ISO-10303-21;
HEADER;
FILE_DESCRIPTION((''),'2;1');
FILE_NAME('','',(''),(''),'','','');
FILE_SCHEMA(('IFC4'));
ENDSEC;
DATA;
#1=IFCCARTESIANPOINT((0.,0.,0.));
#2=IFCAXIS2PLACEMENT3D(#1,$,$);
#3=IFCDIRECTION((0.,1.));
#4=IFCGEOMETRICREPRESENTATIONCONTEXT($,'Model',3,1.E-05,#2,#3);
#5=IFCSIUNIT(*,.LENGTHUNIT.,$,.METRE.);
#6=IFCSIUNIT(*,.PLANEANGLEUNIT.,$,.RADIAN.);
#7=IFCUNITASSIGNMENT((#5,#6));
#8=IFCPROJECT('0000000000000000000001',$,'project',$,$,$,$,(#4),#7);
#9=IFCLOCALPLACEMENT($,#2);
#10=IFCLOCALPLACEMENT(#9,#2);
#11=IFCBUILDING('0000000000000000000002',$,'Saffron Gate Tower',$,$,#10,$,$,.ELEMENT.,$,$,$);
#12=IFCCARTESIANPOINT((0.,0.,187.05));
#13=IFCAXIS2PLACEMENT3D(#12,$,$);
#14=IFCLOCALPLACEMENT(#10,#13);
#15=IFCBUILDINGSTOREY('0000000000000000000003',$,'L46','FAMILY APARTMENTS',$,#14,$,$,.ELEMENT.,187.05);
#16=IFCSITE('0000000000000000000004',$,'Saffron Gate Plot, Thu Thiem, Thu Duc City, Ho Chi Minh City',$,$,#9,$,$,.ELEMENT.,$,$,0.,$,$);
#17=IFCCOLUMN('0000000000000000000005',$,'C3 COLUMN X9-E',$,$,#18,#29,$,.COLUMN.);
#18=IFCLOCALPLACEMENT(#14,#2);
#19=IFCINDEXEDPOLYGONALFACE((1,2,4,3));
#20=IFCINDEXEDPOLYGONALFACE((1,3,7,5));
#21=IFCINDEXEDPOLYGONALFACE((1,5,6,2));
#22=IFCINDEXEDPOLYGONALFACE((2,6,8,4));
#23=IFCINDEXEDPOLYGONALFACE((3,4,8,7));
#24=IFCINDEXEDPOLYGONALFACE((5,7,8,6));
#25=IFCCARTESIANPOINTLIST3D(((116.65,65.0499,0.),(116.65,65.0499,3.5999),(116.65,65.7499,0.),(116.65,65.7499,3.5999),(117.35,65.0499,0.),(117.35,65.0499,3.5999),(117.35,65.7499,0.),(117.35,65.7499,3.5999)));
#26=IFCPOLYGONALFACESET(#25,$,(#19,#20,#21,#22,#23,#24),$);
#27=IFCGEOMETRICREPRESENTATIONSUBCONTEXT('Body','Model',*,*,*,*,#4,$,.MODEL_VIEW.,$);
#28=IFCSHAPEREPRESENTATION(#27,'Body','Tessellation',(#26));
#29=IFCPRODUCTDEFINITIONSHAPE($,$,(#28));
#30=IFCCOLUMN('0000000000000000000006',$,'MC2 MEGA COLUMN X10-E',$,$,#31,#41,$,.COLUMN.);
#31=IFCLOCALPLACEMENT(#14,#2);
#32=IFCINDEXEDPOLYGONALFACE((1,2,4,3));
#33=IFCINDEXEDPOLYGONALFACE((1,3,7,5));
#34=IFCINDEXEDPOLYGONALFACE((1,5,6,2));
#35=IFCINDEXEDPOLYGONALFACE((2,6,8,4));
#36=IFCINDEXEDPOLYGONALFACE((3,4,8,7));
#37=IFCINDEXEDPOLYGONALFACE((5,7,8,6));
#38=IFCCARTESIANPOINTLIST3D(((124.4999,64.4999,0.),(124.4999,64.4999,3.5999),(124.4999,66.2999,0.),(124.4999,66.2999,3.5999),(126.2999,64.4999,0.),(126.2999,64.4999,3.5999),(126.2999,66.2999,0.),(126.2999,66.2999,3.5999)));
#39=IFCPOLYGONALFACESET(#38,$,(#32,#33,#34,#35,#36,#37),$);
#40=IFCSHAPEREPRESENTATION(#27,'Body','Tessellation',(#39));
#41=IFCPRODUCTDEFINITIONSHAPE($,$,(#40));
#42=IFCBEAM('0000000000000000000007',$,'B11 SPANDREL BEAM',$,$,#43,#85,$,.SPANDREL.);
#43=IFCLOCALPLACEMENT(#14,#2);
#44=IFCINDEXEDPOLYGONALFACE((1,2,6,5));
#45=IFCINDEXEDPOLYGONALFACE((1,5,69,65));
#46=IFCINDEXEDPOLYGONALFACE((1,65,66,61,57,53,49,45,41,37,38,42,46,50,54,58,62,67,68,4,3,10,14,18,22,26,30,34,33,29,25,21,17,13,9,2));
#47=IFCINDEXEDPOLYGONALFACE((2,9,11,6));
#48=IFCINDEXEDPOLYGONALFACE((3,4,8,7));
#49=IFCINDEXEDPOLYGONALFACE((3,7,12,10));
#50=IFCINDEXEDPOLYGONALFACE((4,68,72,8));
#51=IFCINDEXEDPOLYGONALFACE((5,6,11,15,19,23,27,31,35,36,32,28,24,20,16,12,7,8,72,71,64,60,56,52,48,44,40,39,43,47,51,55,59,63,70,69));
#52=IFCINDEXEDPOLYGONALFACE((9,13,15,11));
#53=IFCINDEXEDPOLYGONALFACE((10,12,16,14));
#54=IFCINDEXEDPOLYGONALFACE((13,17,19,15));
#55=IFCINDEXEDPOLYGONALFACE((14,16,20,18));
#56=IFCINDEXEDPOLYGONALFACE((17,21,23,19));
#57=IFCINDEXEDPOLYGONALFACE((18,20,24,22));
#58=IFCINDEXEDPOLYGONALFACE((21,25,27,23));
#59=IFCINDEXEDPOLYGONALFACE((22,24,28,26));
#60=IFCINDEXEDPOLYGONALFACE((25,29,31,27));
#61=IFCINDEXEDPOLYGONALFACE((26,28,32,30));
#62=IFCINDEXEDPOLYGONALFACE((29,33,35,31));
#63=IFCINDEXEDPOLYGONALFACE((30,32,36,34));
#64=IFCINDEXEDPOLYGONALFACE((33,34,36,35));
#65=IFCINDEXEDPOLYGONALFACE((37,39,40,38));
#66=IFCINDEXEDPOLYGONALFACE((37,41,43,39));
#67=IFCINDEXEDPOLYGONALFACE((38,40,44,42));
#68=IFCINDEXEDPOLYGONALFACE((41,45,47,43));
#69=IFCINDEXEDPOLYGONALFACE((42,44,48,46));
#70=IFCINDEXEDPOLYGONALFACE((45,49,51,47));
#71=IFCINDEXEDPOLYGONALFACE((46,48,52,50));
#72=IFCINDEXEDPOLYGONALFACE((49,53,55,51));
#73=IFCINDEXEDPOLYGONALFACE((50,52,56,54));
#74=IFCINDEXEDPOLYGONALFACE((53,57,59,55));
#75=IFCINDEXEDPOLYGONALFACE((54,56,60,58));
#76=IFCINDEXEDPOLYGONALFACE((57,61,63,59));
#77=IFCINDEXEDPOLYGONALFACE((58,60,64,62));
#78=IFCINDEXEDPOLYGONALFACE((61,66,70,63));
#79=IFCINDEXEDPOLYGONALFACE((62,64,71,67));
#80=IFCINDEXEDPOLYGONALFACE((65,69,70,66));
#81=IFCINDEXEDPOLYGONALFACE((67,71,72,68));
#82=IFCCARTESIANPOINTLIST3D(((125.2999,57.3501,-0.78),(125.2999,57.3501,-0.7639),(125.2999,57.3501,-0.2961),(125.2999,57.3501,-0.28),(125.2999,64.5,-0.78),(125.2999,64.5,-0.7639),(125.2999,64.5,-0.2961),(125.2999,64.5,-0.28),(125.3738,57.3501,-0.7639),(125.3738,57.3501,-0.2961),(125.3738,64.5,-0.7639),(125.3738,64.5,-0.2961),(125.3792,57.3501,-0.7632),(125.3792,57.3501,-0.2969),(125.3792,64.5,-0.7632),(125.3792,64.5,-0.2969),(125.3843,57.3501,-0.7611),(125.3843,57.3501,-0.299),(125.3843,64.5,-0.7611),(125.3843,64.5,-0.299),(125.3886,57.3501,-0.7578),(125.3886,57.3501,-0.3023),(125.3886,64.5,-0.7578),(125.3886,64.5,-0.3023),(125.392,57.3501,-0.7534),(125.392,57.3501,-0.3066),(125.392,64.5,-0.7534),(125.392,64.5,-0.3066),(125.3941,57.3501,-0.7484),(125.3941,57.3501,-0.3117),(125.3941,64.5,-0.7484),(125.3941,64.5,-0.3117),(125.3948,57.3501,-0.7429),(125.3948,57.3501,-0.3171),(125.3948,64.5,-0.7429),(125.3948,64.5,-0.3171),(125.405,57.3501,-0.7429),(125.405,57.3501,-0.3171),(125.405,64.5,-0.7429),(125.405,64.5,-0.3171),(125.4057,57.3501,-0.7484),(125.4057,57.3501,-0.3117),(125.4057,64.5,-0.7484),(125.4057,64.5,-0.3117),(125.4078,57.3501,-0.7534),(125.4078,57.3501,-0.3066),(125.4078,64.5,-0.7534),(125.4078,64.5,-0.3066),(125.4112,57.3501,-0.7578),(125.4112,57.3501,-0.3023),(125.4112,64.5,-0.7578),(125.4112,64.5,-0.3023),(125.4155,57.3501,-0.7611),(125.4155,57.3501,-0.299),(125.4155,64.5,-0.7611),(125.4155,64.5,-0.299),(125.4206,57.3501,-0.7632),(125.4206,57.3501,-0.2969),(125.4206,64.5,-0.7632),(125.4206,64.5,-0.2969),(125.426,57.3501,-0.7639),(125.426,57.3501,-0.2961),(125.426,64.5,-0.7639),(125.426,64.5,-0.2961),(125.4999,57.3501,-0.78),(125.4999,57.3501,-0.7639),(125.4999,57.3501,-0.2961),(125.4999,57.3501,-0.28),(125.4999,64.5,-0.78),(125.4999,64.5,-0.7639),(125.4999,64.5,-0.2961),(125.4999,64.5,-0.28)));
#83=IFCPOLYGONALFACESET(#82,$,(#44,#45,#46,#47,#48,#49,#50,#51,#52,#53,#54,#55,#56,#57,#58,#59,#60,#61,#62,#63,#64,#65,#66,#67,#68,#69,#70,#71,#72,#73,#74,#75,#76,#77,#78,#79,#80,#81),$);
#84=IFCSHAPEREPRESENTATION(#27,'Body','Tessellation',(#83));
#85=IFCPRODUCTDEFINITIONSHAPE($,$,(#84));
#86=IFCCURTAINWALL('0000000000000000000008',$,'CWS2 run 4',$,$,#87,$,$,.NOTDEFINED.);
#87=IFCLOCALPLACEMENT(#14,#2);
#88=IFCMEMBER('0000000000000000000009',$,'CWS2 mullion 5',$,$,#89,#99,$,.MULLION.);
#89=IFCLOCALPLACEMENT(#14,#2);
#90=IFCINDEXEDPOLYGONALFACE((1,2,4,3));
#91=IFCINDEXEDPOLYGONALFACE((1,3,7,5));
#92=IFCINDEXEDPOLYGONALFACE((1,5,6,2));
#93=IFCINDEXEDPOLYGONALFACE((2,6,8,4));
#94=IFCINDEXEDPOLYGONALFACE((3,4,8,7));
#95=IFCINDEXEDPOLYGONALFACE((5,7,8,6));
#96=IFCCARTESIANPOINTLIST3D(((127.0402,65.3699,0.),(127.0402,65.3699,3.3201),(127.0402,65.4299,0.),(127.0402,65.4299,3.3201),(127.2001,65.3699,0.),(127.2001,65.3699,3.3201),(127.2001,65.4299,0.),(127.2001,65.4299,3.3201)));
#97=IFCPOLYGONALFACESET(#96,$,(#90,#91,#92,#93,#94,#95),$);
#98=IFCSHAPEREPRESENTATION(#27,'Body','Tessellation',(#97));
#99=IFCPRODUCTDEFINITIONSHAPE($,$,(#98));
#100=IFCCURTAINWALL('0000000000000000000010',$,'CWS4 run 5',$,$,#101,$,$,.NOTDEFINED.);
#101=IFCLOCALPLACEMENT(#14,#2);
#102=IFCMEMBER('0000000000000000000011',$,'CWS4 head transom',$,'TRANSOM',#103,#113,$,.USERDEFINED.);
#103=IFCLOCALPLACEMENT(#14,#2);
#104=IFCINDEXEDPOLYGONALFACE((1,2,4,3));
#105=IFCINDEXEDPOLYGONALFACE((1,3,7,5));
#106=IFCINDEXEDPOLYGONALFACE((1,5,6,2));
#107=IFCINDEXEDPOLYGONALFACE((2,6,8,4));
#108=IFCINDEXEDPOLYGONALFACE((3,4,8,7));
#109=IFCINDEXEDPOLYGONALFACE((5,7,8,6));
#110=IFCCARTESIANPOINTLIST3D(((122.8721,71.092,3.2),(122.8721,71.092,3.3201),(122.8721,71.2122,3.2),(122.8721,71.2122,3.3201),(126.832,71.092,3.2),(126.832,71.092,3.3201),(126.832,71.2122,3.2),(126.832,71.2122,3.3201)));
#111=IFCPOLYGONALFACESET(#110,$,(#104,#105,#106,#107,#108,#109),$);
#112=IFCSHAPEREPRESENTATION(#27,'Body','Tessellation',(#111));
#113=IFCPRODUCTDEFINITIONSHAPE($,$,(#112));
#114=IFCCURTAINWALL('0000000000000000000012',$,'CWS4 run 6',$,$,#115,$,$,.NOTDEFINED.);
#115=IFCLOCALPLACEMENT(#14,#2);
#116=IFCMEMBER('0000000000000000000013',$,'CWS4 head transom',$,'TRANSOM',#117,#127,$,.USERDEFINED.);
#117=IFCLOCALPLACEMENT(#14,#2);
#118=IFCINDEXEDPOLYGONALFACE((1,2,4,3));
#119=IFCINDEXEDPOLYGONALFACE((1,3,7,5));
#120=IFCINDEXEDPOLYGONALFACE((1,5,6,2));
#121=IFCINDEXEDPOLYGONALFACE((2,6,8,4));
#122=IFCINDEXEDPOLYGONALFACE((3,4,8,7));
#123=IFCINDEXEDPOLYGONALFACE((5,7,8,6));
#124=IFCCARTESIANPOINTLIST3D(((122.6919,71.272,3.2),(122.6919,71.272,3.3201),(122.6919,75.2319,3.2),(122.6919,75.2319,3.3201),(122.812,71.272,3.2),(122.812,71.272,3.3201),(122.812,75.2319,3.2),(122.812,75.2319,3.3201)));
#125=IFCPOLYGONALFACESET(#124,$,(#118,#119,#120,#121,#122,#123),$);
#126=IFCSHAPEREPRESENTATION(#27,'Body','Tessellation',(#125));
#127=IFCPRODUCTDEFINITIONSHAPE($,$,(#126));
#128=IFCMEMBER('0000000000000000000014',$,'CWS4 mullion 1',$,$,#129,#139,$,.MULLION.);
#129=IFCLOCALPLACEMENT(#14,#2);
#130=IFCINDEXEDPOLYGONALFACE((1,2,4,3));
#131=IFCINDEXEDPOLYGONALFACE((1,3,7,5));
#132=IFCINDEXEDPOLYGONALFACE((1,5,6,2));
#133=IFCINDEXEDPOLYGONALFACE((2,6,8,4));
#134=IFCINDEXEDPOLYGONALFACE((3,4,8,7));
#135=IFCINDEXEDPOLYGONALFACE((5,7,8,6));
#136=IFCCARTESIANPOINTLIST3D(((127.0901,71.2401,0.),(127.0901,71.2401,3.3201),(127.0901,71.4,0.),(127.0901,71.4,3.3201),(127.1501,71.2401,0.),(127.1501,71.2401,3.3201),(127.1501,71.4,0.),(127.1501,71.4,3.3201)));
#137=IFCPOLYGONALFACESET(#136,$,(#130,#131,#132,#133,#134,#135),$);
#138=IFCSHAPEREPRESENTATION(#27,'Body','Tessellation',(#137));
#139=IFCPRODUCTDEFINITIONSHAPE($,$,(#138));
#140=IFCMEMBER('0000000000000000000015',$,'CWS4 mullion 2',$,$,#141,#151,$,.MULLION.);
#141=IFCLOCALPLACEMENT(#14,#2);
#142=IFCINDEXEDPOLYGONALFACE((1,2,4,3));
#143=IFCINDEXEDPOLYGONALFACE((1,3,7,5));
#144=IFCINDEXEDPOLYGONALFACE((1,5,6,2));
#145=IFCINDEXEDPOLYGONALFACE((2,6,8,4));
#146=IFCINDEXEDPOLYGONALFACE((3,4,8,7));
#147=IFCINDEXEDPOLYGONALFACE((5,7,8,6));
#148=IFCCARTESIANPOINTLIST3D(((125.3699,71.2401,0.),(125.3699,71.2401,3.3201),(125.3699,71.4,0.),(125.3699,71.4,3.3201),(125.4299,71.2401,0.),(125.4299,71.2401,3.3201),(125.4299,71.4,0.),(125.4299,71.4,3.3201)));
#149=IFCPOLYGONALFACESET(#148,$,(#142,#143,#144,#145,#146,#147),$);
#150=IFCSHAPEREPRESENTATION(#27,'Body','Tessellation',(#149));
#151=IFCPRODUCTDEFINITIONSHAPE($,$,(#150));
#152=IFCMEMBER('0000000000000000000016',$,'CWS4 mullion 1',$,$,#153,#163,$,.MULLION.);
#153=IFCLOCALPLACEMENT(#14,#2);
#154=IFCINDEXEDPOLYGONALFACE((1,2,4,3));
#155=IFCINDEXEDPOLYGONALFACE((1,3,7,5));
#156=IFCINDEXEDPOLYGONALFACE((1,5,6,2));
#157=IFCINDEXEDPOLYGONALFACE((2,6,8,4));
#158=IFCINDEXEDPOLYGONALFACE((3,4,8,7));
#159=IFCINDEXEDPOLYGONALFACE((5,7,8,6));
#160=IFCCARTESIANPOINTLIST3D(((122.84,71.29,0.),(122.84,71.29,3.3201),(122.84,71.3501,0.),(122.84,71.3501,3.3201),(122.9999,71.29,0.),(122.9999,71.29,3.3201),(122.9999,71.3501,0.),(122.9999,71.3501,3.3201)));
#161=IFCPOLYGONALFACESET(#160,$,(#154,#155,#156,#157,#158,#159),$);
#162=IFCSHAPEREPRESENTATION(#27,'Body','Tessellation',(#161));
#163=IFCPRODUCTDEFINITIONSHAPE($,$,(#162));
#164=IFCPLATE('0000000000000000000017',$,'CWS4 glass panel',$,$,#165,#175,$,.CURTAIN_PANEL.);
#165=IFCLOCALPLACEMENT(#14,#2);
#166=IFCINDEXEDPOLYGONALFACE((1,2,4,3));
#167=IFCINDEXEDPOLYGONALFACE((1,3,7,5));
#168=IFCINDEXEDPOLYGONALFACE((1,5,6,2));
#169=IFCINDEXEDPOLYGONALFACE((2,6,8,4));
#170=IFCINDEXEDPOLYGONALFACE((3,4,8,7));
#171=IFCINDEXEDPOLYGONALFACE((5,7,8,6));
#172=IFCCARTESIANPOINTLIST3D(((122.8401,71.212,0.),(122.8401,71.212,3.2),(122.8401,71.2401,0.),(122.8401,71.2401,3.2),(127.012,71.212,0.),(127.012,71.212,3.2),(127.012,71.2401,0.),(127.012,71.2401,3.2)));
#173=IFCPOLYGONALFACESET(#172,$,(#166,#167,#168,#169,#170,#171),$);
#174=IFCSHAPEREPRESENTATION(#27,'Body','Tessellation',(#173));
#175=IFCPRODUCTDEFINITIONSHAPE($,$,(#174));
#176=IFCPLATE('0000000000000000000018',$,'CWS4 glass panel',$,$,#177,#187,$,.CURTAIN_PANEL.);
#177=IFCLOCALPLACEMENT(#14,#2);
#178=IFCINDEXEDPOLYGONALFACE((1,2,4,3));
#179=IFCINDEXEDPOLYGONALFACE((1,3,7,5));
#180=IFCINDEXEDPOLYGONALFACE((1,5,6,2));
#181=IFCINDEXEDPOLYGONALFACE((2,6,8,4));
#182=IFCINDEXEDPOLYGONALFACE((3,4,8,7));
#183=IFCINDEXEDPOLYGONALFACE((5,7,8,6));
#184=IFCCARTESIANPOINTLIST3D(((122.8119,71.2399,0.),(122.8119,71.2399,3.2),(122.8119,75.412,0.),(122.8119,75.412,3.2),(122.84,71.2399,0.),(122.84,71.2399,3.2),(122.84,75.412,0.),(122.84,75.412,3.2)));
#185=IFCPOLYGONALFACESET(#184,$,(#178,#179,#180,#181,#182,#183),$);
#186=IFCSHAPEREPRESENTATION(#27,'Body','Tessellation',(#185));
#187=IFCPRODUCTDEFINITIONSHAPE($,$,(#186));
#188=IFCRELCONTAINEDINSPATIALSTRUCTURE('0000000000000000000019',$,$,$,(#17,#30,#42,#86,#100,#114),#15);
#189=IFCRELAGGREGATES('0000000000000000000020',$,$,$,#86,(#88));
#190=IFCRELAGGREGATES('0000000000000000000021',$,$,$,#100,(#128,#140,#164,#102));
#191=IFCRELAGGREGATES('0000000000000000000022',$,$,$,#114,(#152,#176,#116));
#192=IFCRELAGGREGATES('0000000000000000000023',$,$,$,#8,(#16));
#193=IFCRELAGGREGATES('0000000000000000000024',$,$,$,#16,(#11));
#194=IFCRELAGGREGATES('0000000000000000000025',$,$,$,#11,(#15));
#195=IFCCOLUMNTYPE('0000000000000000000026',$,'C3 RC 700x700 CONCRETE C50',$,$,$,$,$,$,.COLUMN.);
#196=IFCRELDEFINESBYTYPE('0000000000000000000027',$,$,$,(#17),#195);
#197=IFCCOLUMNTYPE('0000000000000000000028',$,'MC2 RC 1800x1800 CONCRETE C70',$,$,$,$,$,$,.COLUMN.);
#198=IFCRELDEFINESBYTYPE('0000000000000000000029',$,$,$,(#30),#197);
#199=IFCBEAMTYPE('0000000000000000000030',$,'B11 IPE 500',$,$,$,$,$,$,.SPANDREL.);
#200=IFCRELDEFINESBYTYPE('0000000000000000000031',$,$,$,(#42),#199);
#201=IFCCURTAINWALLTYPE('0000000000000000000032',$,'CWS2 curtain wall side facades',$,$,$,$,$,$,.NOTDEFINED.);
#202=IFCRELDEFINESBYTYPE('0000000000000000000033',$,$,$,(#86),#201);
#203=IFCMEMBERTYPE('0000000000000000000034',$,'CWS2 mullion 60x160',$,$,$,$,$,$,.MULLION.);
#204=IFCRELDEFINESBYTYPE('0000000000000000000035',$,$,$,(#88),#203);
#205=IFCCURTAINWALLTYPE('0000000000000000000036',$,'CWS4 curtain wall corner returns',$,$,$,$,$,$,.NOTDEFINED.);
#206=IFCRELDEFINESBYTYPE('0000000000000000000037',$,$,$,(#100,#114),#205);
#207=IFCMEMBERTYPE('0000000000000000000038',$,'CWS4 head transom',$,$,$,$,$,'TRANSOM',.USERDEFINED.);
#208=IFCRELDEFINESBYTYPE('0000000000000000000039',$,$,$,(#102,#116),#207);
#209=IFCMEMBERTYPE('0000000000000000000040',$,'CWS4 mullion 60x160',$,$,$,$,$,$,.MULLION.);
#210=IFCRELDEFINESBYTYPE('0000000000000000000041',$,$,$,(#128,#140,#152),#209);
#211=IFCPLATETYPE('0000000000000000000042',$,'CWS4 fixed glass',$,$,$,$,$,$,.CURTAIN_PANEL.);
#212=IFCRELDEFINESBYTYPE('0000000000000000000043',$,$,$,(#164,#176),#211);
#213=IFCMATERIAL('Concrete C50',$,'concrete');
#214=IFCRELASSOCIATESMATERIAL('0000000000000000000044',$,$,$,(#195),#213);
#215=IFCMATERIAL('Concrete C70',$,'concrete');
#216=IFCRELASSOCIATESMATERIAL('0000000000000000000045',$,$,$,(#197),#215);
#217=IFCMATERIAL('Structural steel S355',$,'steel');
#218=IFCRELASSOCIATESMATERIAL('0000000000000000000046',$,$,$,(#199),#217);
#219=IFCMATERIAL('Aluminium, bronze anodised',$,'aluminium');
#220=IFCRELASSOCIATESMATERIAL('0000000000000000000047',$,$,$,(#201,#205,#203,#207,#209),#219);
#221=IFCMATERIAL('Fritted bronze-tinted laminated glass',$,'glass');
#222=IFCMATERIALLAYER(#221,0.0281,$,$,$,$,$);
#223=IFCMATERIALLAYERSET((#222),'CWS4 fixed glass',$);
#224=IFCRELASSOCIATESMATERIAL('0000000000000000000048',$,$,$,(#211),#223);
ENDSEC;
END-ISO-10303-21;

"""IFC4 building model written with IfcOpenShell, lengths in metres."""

from ifc_helpers import new_model, si_unit, direction, frame, frame_2d, origin, origin_2d, place, context, subcontext, project, spatial, rectangle, i_section, extrude, material, layer, layer_set, material_profile, profile_set, type_object, element, aggregate, save


model = new_model("IFC4")

# Units and contexts
model_context = context("Model", 3, precision=1e-05, world=origin(), true_north=direction((0.0, 1.0)))
body_context = subcontext(model_context, "Body", "Model", "MODEL_VIEW")
ifc_project = project(units=[si_unit("LENGTHUNIT", "METRE"), si_unit("PLANEANGLEUNIT", "RADIAN")], contexts=[model_context])

# Site, building, storey
site_placement = place(None, origin())
site = spatial("IfcSite", under=ifc_project, at=site_placement, Name="Saffron Gate Plot, Thu Thiem, Thu Duc City, Ho Chi Minh City", CompositionType="ELEMENT", RefElevation=0.0)
building_placement = place(site_placement, origin())
building = spatial("IfcBuilding", under=site, at=building_placement, Name="Saffron Gate Tower", CompositionType="ELEMENT")
storey_placement = place(building_placement, frame((0.0, 0.0, 187.05)))
storey = spatial("IfcBuildingStorey", under=building, at=storey_placement, Name="L46", Description="FAMILY APARTMENTS", CompositionType="ELEMENT", Elevation=187.05)

# Columns
ifc_material_1 = material(Name="Concrete C50", Category="concrete")
ifc_material_profile_1 = material_profile(ifc_material_1, rectangle(XDim=0.7, YDim=0.7, at=origin_2d()))
ifc_profile_set_1 = profile_set([ifc_material_profile_1], Name="Concrete C50")
column_type_1 = type_object("IfcColumnType", Name="C3 RC 700x700 CONCRETE C50", PredefinedType="COLUMN", material=ifc_profile_set_1)
column_1_placement = place(storey_placement, frame((117.0, 65.3999, 0.0), z_axis=(0.0, 0.0, 1.0), x_axis=(1.0, 0.0, 0.0)))
element("IfcColumn", 1, at=column_1_placement, inside=storey, type_object=column_type_1, Name="C3 COLUMN X9-E", PredefinedType="COLUMN", context=body_context, shape_type="SweptSolid", body=[
    extrude(rectangle(XDim=0.7, YDim=0.7, at=origin_2d()), origin(), (0.0, 0.0, 1.0), 3.5999),
])
ifc_material_2 = material(Name="Concrete C70", Category="concrete")
ifc_material_profile_2 = material_profile(ifc_material_2, rectangle(XDim=1.8, YDim=1.8, at=origin_2d()))
ifc_profile_set_2 = profile_set([ifc_material_profile_2], Name="Concrete C70")
column_type_2 = type_object("IfcColumnType", Name="MC2 RC 1800x1800 CONCRETE C70", PredefinedType="COLUMN", material=ifc_profile_set_2)
column_2_placement = place(storey_placement, frame((125.3999, 65.3999, 0.0), z_axis=(0.0, 0.0, 1.0), x_axis=(1.0, 0.0, 0.0)))
element("IfcColumn", 2, at=column_2_placement, inside=storey, type_object=column_type_2, Name="MC2 MEGA COLUMN X10-E", PredefinedType="COLUMN", context=body_context, shape_type="SweptSolid", body=[
    extrude(rectangle(XDim=1.8, YDim=1.8, at=origin_2d()), origin(), (0.0, 0.0, 1.0), 3.5999),
])

# Beam
ifc_material_3 = material(Name="Structural steel S355", Category="steel")
ifc_material_profile_3 = material_profile(ifc_material_3, i_section(OverallWidth=0.2, OverallDepth=0.5, WebThickness=0.0103, FlangeThickness=0.0161, FilletRadius=0.021, at=origin_2d()))
ifc_profile_set_3 = profile_set([ifc_material_profile_3], Name="Structural steel S355")
beam_type = type_object("IfcBeamType", Name="B11 IPE 500", PredefinedType="SPANDREL", material=ifc_profile_set_3)
beam_placement = place(storey_placement, frame((125.3999, 57.3501, -0.53), z_axis=(0.0, 1.0, 0.0), x_axis=(-1.0, 0.0, 0.0)))
element("IfcBeam", 3, at=beam_placement, inside=storey, type_object=beam_type, Name="B11 SPANDREL BEAM", PredefinedType="SPANDREL", context=body_context, shape_type="SweptSolid", body=[
    extrude(i_section(OverallWidth=0.2, OverallDepth=0.5, WebThickness=0.0103, FlangeThickness=0.0161, FilletRadius=0.021, at=origin_2d()), origin(), (0.0, 0.0, 1.0), 7.1499),
])

# Curtain walls, members
ifc_material_4 = material(Name="Aluminium, bronze anodised", Category="aluminium")
curtain_wall_type_1 = type_object("IfcCurtainWallType", Name="CWS2 curtain wall side facades", PredefinedType="NOTDEFINED", material=ifc_material_4)
curtain_wall_1_placement = place(storey_placement, origin())
curtain_wall_1 = element("IfcCurtainWall", 4, at=curtain_wall_1_placement, inside=storey, type_object=curtain_wall_type_1, Name="CWS2 run 4", PredefinedType="NOTDEFINED")
ifc_material_profile_4 = material_profile(ifc_material_4, rectangle(XDim=0.1599, YDim=0.0601, at=origin_2d()))
ifc_profile_set_4 = profile_set([ifc_material_profile_4], Name="Aluminium, bronze anodised")
member_type_1 = type_object("IfcMemberType", Name="CWS2 mullion 60x160", PredefinedType="MULLION", material=ifc_profile_set_4)
member_1_placement = place(storey_placement, frame((127.1201, 65.3999, 0.0), z_axis=(0.0, 0.0, 1.0), x_axis=(-1.0, 0.0, 0.0)))
member_1 = element("IfcMember", 5, at=member_1_placement, type_object=member_type_1, Name="CWS2 mullion 5", PredefinedType="MULLION", context=body_context, shape_type="SweptSolid", body=[
    extrude(rectangle(XDim=0.1599, YDim=0.0601, at=origin_2d()), origin(), (0.0, 0.0, 1.0), 3.3201),
])
aggregate(curtain_wall_1, [member_1])
curtain_wall_type_2 = type_object("IfcCurtainWallType", Name="CWS4 curtain wall corner returns", PredefinedType="NOTDEFINED", material=ifc_material_4)
curtain_wall_2_placement = place(storey_placement, origin())
curtain_wall_2 = element("IfcCurtainWall", 6, at=curtain_wall_2_placement, inside=storey, type_object=curtain_wall_type_2, Name="CWS4 run 5", PredefinedType="NOTDEFINED")
ifc_material_profile_5 = material_profile(ifc_material_4, rectangle(XDim=0.1201, YDim=0.1201, at=origin_2d()))
ifc_profile_set_5 = profile_set([ifc_material_profile_5], Name="Aluminium, bronze anodised")
member_type_2 = type_object("IfcMemberType", Name="CWS4 head transom", ElementType="TRANSOM", PredefinedType="USERDEFINED", material=ifc_profile_set_5)
member_2_placement = place(storey_placement, frame((126.832, 71.1521, 3.26), z_axis=(-1.0, 0.0, 0.0), x_axis=(0.0, -1.0, 0.0)))
member_2 = element("IfcMember", 7, at=member_2_placement, type_object=member_type_2, Name="CWS4 head transom", ObjectType="TRANSOM", PredefinedType="USERDEFINED", context=body_context, shape_type="SweptSolid", body=[
    extrude(rectangle(XDim=0.1201, YDim=0.1201, at=origin_2d()), origin(), (0.0, 0.0, 1.0), 3.96),
])
curtain_wall_3_placement = place(storey_placement, origin())
curtain_wall_3 = element("IfcCurtainWall", 8, at=curtain_wall_3_placement, inside=storey, type_object=curtain_wall_type_2, Name="CWS4 run 6", PredefinedType="NOTDEFINED")
member_3_placement = place(storey_placement, frame((122.752, 71.272, 3.26), z_axis=(0.0, 1.0, 0.0), x_axis=(-1.0, 0.0, 0.0)))
member_3 = element("IfcMember", 9, at=member_3_placement, type_object=member_type_2, Name="CWS4 head transom", ObjectType="TRANSOM", PredefinedType="USERDEFINED", context=body_context, shape_type="SweptSolid", body=[
    extrude(rectangle(XDim=0.1201, YDim=0.1201, at=origin_2d()), origin(), (0.0, 0.0, 1.0), 3.96),
])

# Members
ifc_material_profile_6 = material_profile(ifc_material_4, rectangle(XDim=0.1599, YDim=0.0601, at=origin_2d()))
ifc_profile_set_6 = profile_set([ifc_material_profile_6], Name="Aluminium, bronze anodised")
member_type_3 = type_object("IfcMemberType", Name="CWS4 mullion 60x160", PredefinedType="MULLION", material=ifc_profile_set_6)
member_4_placement = place(storey_placement, frame((127.1201, 71.3201, 0.0), z_axis=(0.0, 0.0, 1.0), x_axis=(0.0, -1.0, 0.0)))
member_4 = element("IfcMember", 10, at=member_4_placement, type_object=member_type_3, Name="CWS4 mullion 1", PredefinedType="MULLION", context=body_context, shape_type="SweptSolid", body=[
    extrude(rectangle(XDim=0.1599, YDim=0.0601, at=origin_2d()), origin(), (0.0, 0.0, 1.0), 3.3201),
])
member_5_placement = place(storey_placement, frame((125.3999, 71.3201, 0.0), z_axis=(0.0, 0.0, 1.0), x_axis=(0.0, -1.0, 0.0)))
member_5 = element("IfcMember", 11, at=member_5_placement, type_object=member_type_3, Name="CWS4 mullion 2", PredefinedType="MULLION", context=body_context, shape_type="SweptSolid", body=[
    extrude(rectangle(XDim=0.1599, YDim=0.0601, at=origin_2d()), origin(), (0.0, 0.0, 1.0), 3.3201),
])
member_6_placement = place(storey_placement, frame((122.9199, 71.3201, 0.0), z_axis=(0.0, 0.0, 1.0), x_axis=(-1.0, 0.0, 0.0)))
member_6 = element("IfcMember", 12, at=member_6_placement, type_object=member_type_3, Name="CWS4 mullion 1", PredefinedType="MULLION", context=body_context, shape_type="SweptSolid", body=[
    extrude(rectangle(XDim=0.1599, YDim=0.0601, at=origin_2d()), origin(), (0.0, 0.0, 1.0), 3.3201),
])

# Plates
ifc_material_5 = material(Name="Fritted bronze-tinted laminated glass", Category="glass")
ifc_layer_1 = layer(ifc_material_5, 0.0281)
ifc_layer_set_1 = layer_set([ifc_layer_1], Name="CWS4 fixed glass")
plate_type = type_object("IfcPlateType", Name="CWS4 fixed glass", PredefinedType="CURTAIN_PANEL", material=ifc_layer_set_1)
plate_1_placement = place(storey_placement, frame((127.012, 71.2261, 0.0), z_axis=(0.0, 0.0, 1.0), x_axis=(-1.0, 0.0, 0.0)))
plate_1 = element("IfcPlate", 13, at=plate_1_placement, type_object=plate_type, Name="CWS4 glass panel", PredefinedType="CURTAIN_PANEL", context=body_context, shape_type="SweptSolid", body=[
    extrude(rectangle(XDim=4.1719, YDim=0.0281, at=frame_2d((2.0859, 0.0))), origin(), (0.0, 0.0, 1.0), 3.2),
])
aggregate(curtain_wall_2, [member_4, member_5, plate_1, member_2])
plate_2_placement = place(storey_placement, frame((122.8259, 71.24, 0.0), z_axis=(0.0, 0.0, 1.0), x_axis=(0.0, 1.0, 0.0)))
plate_2 = element("IfcPlate", 14, at=plate_2_placement, type_object=plate_type, Name="CWS4 glass panel", PredefinedType="CURTAIN_PANEL", context=body_context, shape_type="SweptSolid", body=[
    extrude(rectangle(XDim=4.1721, YDim=0.0281, at=frame_2d((2.0859, 0.0))), origin(), (0.0, 0.0, 1.0), 3.2),
])
aggregate(curtain_wall_3, [member_6, plate_2, member_3])

save(model, "model.ifc")
